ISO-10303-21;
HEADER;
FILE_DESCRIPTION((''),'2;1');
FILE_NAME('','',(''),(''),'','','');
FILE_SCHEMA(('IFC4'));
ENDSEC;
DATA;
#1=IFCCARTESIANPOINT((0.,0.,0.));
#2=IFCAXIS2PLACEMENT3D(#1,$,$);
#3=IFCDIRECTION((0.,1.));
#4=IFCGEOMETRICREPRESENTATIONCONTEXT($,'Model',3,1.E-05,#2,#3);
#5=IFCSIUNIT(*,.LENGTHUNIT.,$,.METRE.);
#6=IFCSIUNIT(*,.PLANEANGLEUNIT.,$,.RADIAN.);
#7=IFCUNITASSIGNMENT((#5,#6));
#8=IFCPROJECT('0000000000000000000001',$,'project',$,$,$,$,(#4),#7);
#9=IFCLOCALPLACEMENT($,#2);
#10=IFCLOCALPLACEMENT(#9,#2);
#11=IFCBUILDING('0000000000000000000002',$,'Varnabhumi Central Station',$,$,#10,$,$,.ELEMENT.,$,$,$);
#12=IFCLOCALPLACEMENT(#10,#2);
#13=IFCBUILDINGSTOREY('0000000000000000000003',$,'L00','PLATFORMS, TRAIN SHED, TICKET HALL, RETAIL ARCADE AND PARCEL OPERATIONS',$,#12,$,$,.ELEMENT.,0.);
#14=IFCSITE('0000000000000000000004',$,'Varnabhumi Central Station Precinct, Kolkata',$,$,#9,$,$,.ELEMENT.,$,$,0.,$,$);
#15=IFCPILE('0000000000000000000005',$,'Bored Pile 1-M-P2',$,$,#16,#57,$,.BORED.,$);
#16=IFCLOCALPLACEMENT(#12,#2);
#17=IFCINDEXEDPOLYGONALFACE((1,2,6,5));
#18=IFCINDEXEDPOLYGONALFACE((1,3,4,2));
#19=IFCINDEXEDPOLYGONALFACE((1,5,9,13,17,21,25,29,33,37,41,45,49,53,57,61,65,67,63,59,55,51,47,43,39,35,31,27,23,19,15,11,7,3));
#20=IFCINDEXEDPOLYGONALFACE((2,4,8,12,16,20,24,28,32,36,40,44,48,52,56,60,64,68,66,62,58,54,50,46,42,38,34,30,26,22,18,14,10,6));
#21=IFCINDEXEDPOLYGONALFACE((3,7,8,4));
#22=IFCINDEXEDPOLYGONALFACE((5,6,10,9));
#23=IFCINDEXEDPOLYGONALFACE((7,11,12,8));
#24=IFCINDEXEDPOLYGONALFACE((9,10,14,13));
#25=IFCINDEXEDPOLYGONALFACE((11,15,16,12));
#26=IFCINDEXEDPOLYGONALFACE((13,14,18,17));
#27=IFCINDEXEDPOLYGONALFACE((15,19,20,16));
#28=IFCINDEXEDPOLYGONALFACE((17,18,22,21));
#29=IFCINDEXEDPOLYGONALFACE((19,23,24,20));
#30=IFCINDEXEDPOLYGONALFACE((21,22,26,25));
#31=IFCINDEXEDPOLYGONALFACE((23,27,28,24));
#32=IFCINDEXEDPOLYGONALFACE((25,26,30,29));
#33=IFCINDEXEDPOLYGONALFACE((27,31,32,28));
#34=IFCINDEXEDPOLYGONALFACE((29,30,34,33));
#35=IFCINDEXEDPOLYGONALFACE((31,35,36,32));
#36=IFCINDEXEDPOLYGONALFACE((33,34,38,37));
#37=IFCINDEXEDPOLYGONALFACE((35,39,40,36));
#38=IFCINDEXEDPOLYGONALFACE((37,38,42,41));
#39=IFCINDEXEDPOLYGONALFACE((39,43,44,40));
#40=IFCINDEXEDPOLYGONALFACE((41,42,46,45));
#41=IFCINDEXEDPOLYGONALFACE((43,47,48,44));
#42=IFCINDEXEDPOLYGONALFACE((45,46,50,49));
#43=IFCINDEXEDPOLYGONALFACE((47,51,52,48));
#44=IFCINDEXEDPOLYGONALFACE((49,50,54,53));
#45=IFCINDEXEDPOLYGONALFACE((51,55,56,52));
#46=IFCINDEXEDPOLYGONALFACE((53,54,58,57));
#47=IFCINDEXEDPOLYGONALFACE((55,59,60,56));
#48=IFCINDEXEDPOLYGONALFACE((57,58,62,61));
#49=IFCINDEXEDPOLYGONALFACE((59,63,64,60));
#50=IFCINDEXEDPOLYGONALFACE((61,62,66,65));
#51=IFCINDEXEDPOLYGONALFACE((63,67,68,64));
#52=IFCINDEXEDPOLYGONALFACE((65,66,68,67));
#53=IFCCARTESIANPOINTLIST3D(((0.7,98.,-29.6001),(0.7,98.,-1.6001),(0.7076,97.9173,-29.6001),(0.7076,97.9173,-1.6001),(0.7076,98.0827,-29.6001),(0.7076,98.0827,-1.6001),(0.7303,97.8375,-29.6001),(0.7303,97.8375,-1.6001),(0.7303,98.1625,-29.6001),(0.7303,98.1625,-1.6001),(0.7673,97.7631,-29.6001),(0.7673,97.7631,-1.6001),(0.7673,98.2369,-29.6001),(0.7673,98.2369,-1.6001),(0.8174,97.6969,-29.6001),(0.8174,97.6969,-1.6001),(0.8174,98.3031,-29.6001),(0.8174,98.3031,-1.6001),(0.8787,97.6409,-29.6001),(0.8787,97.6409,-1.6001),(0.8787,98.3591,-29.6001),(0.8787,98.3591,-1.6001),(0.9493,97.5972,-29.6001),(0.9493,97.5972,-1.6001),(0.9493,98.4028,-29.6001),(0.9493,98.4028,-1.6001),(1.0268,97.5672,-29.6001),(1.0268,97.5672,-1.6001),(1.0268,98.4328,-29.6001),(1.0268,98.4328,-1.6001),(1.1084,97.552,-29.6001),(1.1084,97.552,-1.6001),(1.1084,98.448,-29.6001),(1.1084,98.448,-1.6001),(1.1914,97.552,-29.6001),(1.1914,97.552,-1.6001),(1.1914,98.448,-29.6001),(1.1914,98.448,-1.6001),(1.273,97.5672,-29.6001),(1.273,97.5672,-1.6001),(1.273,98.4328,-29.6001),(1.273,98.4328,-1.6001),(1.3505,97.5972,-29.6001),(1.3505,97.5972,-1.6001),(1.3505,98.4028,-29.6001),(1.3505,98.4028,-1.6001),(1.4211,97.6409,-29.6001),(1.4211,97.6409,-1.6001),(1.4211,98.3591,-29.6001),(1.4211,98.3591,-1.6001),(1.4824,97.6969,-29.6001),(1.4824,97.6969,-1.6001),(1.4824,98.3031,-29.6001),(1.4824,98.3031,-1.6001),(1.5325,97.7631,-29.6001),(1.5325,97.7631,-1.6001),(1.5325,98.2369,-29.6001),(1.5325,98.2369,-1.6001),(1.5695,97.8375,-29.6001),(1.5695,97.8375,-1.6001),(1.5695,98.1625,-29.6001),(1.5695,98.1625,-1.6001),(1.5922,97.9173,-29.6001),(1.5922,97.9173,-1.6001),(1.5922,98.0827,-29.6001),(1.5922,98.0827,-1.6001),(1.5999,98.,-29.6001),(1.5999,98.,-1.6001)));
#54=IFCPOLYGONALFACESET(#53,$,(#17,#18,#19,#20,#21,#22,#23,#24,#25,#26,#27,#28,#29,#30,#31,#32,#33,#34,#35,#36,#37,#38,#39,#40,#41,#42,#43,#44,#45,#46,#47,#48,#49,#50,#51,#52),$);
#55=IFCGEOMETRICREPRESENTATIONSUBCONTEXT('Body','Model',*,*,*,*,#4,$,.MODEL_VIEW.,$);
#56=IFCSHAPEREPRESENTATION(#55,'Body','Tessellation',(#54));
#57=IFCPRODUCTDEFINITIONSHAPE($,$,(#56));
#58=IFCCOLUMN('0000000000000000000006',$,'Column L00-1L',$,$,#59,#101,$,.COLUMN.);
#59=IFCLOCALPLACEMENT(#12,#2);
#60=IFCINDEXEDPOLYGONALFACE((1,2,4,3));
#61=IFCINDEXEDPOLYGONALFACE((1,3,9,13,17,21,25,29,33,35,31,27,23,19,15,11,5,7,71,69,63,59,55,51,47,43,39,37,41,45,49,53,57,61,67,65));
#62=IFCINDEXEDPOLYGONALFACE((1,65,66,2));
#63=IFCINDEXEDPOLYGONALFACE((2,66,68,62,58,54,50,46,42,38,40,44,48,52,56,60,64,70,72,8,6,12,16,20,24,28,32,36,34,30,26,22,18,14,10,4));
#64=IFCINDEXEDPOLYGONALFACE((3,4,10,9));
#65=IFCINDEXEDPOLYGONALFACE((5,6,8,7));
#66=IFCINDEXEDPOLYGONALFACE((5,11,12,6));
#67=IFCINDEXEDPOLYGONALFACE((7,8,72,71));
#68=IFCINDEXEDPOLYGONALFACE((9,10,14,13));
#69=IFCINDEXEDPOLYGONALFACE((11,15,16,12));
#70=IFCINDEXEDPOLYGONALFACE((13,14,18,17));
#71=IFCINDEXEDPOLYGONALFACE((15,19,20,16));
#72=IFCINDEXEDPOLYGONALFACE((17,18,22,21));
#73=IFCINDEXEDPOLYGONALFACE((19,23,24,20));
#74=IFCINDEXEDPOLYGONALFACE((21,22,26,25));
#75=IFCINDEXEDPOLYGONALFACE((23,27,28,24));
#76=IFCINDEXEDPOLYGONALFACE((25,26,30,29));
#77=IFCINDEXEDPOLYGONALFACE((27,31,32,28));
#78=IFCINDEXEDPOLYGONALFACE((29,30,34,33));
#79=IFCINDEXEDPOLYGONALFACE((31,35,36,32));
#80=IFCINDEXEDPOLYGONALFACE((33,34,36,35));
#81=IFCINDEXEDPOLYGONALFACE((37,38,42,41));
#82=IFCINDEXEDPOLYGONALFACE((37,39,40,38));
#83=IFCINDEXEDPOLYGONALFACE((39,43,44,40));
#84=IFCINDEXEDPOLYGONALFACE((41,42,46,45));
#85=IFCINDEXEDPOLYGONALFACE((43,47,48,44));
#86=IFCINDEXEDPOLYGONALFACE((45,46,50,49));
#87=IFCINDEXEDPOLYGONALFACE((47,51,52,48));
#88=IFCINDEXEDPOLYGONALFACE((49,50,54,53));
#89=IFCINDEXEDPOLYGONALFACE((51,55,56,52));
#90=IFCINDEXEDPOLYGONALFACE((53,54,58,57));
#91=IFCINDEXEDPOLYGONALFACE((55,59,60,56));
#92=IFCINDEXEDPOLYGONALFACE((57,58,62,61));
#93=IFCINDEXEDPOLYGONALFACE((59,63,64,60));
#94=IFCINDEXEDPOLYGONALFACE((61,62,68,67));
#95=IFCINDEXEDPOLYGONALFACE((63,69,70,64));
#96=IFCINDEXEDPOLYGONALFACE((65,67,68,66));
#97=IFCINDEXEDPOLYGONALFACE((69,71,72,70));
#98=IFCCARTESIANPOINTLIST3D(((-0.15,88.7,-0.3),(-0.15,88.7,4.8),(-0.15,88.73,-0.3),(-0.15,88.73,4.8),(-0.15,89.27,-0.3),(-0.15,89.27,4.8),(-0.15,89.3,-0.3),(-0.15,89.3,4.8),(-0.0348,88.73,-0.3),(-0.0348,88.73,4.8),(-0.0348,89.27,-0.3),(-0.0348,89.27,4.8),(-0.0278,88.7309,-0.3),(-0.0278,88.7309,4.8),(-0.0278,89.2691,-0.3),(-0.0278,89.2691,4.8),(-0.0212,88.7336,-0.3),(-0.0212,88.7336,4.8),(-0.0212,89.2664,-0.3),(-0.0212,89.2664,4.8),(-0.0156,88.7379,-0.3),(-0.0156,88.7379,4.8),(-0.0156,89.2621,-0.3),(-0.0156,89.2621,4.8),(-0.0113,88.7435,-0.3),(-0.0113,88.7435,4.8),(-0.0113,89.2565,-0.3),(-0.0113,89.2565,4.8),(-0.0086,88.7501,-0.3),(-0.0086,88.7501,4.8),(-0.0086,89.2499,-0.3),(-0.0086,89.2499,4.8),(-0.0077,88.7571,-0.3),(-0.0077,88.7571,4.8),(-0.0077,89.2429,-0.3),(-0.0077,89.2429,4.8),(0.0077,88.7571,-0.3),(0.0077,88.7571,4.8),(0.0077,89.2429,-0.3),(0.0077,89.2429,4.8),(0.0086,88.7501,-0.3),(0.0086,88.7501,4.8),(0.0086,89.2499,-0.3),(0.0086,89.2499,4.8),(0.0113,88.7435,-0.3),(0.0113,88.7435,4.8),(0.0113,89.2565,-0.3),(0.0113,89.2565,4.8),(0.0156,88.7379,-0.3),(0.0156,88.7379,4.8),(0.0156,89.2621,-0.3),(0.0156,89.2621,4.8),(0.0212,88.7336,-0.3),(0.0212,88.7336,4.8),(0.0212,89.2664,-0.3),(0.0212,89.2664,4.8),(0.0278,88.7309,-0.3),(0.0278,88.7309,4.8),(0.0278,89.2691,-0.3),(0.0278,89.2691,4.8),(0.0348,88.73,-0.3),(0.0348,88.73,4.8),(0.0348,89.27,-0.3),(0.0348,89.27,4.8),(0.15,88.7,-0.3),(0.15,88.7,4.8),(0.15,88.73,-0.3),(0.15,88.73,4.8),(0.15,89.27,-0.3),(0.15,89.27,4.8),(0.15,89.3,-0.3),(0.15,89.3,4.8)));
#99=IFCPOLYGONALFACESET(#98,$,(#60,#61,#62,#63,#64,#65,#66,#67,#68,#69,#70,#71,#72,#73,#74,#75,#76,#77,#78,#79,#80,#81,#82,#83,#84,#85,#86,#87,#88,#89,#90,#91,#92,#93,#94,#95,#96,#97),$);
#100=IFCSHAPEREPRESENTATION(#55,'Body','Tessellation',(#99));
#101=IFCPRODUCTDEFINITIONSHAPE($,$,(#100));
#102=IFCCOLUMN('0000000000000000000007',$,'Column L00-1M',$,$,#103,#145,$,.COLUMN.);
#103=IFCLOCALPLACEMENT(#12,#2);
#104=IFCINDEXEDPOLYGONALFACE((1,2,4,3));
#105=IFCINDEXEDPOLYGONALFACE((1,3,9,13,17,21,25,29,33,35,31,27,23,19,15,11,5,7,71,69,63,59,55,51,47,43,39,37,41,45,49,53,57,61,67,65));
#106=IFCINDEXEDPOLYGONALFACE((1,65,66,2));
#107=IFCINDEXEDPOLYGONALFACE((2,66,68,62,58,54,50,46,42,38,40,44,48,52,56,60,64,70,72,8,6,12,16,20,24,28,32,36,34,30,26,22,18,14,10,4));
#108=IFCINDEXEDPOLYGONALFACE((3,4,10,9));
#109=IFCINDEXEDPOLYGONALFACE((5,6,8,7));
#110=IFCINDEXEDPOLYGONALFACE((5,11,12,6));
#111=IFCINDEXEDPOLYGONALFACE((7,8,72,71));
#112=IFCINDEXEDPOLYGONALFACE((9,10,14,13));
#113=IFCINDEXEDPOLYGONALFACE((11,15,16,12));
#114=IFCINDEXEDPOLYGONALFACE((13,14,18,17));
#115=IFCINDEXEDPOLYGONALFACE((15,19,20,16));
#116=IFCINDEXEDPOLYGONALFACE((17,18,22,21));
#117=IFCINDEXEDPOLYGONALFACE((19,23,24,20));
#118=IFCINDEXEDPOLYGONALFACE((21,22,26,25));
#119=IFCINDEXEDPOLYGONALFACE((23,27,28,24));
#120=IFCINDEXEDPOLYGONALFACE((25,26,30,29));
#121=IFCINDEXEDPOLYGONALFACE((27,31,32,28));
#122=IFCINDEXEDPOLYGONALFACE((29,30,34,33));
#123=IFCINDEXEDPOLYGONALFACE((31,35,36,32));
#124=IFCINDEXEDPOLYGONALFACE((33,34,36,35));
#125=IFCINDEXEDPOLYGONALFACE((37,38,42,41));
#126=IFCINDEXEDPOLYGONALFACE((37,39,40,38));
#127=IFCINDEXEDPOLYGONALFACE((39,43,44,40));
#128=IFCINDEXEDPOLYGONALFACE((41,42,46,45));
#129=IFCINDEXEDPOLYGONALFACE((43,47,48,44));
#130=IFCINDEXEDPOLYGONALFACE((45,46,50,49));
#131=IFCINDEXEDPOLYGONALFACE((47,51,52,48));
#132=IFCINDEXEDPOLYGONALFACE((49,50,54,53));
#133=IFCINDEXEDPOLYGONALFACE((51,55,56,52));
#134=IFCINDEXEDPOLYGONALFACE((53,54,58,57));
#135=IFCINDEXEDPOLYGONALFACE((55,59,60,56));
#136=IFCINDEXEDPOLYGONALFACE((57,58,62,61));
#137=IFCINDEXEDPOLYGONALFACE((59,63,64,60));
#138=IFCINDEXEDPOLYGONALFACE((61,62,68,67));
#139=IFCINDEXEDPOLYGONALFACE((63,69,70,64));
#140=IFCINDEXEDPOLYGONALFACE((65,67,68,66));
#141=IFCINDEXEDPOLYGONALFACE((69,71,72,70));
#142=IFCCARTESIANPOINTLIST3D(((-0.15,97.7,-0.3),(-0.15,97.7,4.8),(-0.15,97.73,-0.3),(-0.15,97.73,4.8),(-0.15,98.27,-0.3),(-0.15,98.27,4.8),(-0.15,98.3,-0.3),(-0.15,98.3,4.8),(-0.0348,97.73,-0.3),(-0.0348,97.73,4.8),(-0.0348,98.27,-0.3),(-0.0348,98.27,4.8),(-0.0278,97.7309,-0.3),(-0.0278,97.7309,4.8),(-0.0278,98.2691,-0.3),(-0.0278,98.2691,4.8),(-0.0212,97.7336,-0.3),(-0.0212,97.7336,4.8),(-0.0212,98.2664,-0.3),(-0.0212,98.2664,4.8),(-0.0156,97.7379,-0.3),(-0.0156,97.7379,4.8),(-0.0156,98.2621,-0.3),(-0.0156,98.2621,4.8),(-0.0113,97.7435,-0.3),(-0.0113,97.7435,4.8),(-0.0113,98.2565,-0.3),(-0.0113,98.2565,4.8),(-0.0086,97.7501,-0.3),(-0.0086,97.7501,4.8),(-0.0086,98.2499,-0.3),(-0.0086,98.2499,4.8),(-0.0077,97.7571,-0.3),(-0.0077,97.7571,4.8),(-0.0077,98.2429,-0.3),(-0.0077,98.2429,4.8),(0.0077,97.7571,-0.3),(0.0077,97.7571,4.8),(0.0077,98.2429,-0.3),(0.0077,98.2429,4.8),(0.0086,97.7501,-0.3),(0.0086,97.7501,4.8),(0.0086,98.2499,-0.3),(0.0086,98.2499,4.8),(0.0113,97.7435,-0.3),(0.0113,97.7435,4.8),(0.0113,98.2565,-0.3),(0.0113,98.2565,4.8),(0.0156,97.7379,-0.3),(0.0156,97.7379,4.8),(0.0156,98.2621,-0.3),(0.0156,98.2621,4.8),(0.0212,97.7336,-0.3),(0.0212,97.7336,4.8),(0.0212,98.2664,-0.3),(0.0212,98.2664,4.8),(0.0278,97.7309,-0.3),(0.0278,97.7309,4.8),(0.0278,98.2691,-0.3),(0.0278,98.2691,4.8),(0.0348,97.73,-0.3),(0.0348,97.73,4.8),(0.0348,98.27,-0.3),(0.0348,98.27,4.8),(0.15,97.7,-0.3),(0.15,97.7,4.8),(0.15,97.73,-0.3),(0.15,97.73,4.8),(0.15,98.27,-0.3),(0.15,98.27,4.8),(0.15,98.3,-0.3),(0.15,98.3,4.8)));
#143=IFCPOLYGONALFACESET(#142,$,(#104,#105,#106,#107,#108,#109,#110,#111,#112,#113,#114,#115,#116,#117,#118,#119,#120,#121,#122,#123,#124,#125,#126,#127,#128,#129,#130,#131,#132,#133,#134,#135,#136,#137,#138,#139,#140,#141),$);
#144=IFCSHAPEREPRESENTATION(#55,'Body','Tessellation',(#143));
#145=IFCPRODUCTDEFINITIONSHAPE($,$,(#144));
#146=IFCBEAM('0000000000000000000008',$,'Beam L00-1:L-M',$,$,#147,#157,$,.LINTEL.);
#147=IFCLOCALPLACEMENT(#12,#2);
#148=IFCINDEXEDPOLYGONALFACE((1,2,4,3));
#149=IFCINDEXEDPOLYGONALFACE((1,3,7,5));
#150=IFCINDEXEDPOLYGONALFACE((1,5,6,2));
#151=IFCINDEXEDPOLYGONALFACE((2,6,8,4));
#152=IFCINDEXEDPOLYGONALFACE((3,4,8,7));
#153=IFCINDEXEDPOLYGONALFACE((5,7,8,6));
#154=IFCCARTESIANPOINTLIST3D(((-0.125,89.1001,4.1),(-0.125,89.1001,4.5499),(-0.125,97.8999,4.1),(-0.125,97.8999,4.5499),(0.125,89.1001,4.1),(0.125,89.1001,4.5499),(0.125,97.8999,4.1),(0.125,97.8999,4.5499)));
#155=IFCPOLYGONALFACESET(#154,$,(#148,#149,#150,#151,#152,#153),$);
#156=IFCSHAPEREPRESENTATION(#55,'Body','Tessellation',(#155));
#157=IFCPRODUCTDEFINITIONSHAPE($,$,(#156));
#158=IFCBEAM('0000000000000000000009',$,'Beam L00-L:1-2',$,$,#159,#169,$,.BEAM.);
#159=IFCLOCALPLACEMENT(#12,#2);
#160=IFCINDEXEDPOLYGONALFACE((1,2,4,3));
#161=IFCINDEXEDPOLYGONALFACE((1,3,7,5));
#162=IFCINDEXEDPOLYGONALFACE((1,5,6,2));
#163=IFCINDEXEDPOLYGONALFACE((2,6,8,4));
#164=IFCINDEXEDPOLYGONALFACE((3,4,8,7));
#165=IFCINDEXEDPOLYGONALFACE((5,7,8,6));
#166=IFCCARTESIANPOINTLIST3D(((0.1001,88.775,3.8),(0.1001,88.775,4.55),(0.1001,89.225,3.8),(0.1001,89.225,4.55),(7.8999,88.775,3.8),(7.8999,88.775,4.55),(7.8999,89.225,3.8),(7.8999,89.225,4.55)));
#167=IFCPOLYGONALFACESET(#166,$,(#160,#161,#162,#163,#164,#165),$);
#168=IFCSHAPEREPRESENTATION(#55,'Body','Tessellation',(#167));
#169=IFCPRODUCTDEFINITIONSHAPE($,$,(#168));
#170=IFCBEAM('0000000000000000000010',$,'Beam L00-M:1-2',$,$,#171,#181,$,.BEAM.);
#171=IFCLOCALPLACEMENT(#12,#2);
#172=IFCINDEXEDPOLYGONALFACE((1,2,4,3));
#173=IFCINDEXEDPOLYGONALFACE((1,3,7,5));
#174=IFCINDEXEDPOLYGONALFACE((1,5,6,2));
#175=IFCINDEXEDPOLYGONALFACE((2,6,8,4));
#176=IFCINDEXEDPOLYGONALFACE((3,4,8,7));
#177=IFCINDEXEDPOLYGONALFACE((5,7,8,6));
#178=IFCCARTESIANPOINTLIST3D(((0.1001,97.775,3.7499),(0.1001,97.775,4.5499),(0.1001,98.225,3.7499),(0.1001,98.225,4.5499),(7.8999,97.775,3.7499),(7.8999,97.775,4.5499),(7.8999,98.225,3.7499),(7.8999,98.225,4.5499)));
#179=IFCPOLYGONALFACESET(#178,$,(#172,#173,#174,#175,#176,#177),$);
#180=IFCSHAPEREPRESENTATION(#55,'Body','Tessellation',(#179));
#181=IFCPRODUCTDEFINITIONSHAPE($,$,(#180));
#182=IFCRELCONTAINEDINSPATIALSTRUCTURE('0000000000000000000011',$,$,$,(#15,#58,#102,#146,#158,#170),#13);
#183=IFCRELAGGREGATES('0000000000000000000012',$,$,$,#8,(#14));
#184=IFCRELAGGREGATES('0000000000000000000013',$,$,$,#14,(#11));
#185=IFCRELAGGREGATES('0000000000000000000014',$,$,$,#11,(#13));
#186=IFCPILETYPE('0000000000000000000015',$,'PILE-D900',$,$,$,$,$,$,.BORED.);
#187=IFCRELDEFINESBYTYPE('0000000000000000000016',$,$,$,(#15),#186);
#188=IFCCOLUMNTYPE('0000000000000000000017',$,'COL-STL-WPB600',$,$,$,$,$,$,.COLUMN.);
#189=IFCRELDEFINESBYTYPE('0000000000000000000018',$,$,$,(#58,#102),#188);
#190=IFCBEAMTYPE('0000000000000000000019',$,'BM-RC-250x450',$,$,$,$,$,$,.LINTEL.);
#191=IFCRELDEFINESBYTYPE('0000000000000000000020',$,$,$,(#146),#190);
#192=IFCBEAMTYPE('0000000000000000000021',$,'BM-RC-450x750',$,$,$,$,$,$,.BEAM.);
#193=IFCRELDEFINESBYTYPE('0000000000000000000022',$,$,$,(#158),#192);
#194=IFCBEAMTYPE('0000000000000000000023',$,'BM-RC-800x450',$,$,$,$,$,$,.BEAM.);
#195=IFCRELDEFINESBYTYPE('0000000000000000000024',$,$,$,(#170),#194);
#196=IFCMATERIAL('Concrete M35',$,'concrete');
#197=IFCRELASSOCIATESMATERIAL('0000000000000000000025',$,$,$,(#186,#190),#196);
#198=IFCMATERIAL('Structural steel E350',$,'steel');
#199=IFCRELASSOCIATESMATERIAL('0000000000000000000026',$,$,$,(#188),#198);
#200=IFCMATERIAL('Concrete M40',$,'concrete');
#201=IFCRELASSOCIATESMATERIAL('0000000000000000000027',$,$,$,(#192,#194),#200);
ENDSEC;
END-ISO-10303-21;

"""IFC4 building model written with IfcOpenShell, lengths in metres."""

from ifc_helpers import new_model, si_unit, direction, frame, origin, origin_2d, place, context, subcontext, project, spatial, rectangle, circle, i_section, extrude, material, material_profile, profile_set, type_object, element, save


model = new_model("IFC4")

# Units and contexts
model_context = context("Model", 3, precision=1e-05, world=origin(), true_north=direction((0.0, 1.0)))
body_context = subcontext(model_context, "Body", "Model", "MODEL_VIEW")
ifc_project = project(units=[si_unit("LENGTHUNIT", "METRE"), si_unit("PLANEANGLEUNIT", "RADIAN")], contexts=[model_context])

# Site, building, storey
site_placement = place(None, origin())
site = spatial("IfcSite", under=ifc_project, at=site_placement, Name="Varnabhumi Central Station Precinct, Kolkata", CompositionType="ELEMENT", RefElevation=0.0)
building_placement = place(site_placement, origin())
building = spatial("IfcBuilding", under=site, at=building_placement, Name="Varnabhumi Central Station", CompositionType="ELEMENT")
storey_placement = place(building_placement, origin())
storey = spatial("IfcBuildingStorey", under=building, at=storey_placement, Name="L00", Description="PLATFORMS, TRAIN SHED, TICKET HALL, RETAIL ARCADE AND PARCEL OPERATIONS", CompositionType="ELEMENT", Elevation=0.0)

# Shared definitions
ifc_material_1 = material(Name="Concrete M40", Category="concrete")

# Pile
ifc_material_2 = material(Name="Concrete M35", Category="concrete")
ifc_material_profile_1 = material_profile(ifc_material_2, circle(Radius=0.45, at=origin_2d()), Name="Concrete M35", Category="concrete")
ifc_profile_set_1 = profile_set([ifc_material_profile_1], Name="Concrete M35")
pile_type_1 = type_object("IfcPileType", Name="PILE-D900", PredefinedType="BORED", material=ifc_profile_set_1)
for number, where, z_axis, x_axis, name in (
    (1, (1.1499, 98.0, -1.6001), (0.0, 0.0, -1.0), (1.0, 0.0, 0.0), "Bored Pile 1-M-P2"),
):
    element("IfcPile", number, at=place(storey_placement, frame(where, z_axis=z_axis, x_axis=x_axis)), inside=storey, type_object=pile_type_1, Name=name, PredefinedType="BORED", context=body_context, shape_type="SweptSolid", body=[
        extrude(circle(Radius=0.45, at=origin_2d()), origin(), (0.0, 0.0, 1.0), 28.0),
    ])

# Columns
ifc_material_3 = material(Name="Structural steel E350", Category="steel")
ifc_material_profile_2 = material_profile(ifc_material_3, i_section(OverallWidth=0.3, OverallDepth=0.6001, WebThickness=0.0154, FlangeThickness=0.03, FilletRadius=0.0271, at=origin_2d()), Name="Structural steel E350", Category="steel")
ifc_profile_set_2 = profile_set([ifc_material_profile_2], Name="Structural steel E350")
column_type = type_object("IfcColumnType", Name="COL-STL-WPB600", PredefinedType="COLUMN", material=ifc_profile_set_2)
for number, where, z_axis, x_axis, name in (
    (2, (0.0, 89.0, -0.3), (0.0, 0.0, 1.0), (1.0, 0.0, 0.0), "Column L00-1L"),
    (3, (0.0, 98.0, -0.3), (0.0, 0.0, 1.0), (1.0, 0.0, 0.0), "Column L00-1M"),
):
    element("IfcColumn", number, at=place(storey_placement, frame(where, z_axis=z_axis, x_axis=x_axis)), inside=storey, type_object=column_type, Name=name, PredefinedType="COLUMN", context=body_context, shape_type="SweptSolid", body=[
        extrude(i_section(OverallWidth=0.3, OverallDepth=0.6001, WebThickness=0.0154, FlangeThickness=0.03, FilletRadius=0.0271, at=origin_2d()), origin(), (0.0, 0.0, 1.0), 5.1001),
    ])

# Beams
ifc_material_profile_3 = material_profile(ifc_material_2, rectangle(XDim=0.25, YDim=0.45, at=origin_2d()), Name="Concrete M35", Category="concrete")
ifc_profile_set_3 = profile_set([ifc_material_profile_3], Name="Concrete M35")
beam_type_1 = type_object("IfcBeamType", Name="BM-RC-250x450", PredefinedType="LINTEL", material=ifc_profile_set_3)
beam_1_placement = place(storey_placement, frame((0.0, 89.1001, 4.325), z_axis=(0.0, 1.0, 0.0), x_axis=(-1.0, 0.0, 0.0)))
element("IfcBeam", 4, at=beam_1_placement, inside=storey, type_object=beam_type_1, Name="Beam L00-1:L-M", PredefinedType="LINTEL", context=body_context, shape_type="SweptSolid", body=[
    extrude(rectangle(XDim=0.25, YDim=0.45, at=origin_2d()), origin(), (0.0, 0.0, 1.0), 8.7998),
])
ifc_material_profile_4 = material_profile(ifc_material_1, rectangle(XDim=0.45, YDim=0.75, at=origin_2d()), Name="Concrete M40", Category="concrete")
ifc_profile_set_4 = profile_set([ifc_material_profile_4], Name="Concrete M40")
beam_type_2 = type_object("IfcBeamType", Name="BM-RC-450x750", PredefinedType="BEAM", material=ifc_profile_set_4)
beam_2_placement = place(storey_placement, frame((0.1001, 89.0, 4.175), z_axis=(1.0, 0.0, 0.0), x_axis=(0.0, 1.0, 0.0)))
element("IfcBeam", 5, at=beam_2_placement, inside=storey, type_object=beam_type_2, Name="Beam L00-L:1-2", PredefinedType="BEAM", context=body_context, shape_type="SweptSolid", body=[
    extrude(rectangle(XDim=0.45, YDim=0.75, at=origin_2d()), origin(), (0.0, 0.0, 1.0), 7.7998),
])
ifc_material_profile_5 = material_profile(ifc_material_1, rectangle(XDim=0.45, YDim=0.8, at=origin_2d()), Name="Concrete M40", Category="concrete")
ifc_profile_set_5 = profile_set([ifc_material_profile_5], Name="Concrete M40")
beam_type_3 = type_object("IfcBeamType", Name="BM-RC-800x450", PredefinedType="BEAM", material=ifc_profile_set_5)
beam_3_placement = place(storey_placement, frame((0.1001, 98.0, 4.1499), z_axis=(1.0, 0.0, 0.0), x_axis=(0.0, 1.0, 0.0)))
element("IfcBeam", 6, at=beam_3_placement, inside=storey, type_object=beam_type_3, Name="Beam L00-M:1-2", PredefinedType="BEAM", context=body_context, shape_type="SweptSolid", body=[
    extrude(rectangle(XDim=0.45, YDim=0.8, at=origin_2d()), origin(), (0.0, 0.0, 1.0), 7.7998),
])

save(model, "model.ifc")
